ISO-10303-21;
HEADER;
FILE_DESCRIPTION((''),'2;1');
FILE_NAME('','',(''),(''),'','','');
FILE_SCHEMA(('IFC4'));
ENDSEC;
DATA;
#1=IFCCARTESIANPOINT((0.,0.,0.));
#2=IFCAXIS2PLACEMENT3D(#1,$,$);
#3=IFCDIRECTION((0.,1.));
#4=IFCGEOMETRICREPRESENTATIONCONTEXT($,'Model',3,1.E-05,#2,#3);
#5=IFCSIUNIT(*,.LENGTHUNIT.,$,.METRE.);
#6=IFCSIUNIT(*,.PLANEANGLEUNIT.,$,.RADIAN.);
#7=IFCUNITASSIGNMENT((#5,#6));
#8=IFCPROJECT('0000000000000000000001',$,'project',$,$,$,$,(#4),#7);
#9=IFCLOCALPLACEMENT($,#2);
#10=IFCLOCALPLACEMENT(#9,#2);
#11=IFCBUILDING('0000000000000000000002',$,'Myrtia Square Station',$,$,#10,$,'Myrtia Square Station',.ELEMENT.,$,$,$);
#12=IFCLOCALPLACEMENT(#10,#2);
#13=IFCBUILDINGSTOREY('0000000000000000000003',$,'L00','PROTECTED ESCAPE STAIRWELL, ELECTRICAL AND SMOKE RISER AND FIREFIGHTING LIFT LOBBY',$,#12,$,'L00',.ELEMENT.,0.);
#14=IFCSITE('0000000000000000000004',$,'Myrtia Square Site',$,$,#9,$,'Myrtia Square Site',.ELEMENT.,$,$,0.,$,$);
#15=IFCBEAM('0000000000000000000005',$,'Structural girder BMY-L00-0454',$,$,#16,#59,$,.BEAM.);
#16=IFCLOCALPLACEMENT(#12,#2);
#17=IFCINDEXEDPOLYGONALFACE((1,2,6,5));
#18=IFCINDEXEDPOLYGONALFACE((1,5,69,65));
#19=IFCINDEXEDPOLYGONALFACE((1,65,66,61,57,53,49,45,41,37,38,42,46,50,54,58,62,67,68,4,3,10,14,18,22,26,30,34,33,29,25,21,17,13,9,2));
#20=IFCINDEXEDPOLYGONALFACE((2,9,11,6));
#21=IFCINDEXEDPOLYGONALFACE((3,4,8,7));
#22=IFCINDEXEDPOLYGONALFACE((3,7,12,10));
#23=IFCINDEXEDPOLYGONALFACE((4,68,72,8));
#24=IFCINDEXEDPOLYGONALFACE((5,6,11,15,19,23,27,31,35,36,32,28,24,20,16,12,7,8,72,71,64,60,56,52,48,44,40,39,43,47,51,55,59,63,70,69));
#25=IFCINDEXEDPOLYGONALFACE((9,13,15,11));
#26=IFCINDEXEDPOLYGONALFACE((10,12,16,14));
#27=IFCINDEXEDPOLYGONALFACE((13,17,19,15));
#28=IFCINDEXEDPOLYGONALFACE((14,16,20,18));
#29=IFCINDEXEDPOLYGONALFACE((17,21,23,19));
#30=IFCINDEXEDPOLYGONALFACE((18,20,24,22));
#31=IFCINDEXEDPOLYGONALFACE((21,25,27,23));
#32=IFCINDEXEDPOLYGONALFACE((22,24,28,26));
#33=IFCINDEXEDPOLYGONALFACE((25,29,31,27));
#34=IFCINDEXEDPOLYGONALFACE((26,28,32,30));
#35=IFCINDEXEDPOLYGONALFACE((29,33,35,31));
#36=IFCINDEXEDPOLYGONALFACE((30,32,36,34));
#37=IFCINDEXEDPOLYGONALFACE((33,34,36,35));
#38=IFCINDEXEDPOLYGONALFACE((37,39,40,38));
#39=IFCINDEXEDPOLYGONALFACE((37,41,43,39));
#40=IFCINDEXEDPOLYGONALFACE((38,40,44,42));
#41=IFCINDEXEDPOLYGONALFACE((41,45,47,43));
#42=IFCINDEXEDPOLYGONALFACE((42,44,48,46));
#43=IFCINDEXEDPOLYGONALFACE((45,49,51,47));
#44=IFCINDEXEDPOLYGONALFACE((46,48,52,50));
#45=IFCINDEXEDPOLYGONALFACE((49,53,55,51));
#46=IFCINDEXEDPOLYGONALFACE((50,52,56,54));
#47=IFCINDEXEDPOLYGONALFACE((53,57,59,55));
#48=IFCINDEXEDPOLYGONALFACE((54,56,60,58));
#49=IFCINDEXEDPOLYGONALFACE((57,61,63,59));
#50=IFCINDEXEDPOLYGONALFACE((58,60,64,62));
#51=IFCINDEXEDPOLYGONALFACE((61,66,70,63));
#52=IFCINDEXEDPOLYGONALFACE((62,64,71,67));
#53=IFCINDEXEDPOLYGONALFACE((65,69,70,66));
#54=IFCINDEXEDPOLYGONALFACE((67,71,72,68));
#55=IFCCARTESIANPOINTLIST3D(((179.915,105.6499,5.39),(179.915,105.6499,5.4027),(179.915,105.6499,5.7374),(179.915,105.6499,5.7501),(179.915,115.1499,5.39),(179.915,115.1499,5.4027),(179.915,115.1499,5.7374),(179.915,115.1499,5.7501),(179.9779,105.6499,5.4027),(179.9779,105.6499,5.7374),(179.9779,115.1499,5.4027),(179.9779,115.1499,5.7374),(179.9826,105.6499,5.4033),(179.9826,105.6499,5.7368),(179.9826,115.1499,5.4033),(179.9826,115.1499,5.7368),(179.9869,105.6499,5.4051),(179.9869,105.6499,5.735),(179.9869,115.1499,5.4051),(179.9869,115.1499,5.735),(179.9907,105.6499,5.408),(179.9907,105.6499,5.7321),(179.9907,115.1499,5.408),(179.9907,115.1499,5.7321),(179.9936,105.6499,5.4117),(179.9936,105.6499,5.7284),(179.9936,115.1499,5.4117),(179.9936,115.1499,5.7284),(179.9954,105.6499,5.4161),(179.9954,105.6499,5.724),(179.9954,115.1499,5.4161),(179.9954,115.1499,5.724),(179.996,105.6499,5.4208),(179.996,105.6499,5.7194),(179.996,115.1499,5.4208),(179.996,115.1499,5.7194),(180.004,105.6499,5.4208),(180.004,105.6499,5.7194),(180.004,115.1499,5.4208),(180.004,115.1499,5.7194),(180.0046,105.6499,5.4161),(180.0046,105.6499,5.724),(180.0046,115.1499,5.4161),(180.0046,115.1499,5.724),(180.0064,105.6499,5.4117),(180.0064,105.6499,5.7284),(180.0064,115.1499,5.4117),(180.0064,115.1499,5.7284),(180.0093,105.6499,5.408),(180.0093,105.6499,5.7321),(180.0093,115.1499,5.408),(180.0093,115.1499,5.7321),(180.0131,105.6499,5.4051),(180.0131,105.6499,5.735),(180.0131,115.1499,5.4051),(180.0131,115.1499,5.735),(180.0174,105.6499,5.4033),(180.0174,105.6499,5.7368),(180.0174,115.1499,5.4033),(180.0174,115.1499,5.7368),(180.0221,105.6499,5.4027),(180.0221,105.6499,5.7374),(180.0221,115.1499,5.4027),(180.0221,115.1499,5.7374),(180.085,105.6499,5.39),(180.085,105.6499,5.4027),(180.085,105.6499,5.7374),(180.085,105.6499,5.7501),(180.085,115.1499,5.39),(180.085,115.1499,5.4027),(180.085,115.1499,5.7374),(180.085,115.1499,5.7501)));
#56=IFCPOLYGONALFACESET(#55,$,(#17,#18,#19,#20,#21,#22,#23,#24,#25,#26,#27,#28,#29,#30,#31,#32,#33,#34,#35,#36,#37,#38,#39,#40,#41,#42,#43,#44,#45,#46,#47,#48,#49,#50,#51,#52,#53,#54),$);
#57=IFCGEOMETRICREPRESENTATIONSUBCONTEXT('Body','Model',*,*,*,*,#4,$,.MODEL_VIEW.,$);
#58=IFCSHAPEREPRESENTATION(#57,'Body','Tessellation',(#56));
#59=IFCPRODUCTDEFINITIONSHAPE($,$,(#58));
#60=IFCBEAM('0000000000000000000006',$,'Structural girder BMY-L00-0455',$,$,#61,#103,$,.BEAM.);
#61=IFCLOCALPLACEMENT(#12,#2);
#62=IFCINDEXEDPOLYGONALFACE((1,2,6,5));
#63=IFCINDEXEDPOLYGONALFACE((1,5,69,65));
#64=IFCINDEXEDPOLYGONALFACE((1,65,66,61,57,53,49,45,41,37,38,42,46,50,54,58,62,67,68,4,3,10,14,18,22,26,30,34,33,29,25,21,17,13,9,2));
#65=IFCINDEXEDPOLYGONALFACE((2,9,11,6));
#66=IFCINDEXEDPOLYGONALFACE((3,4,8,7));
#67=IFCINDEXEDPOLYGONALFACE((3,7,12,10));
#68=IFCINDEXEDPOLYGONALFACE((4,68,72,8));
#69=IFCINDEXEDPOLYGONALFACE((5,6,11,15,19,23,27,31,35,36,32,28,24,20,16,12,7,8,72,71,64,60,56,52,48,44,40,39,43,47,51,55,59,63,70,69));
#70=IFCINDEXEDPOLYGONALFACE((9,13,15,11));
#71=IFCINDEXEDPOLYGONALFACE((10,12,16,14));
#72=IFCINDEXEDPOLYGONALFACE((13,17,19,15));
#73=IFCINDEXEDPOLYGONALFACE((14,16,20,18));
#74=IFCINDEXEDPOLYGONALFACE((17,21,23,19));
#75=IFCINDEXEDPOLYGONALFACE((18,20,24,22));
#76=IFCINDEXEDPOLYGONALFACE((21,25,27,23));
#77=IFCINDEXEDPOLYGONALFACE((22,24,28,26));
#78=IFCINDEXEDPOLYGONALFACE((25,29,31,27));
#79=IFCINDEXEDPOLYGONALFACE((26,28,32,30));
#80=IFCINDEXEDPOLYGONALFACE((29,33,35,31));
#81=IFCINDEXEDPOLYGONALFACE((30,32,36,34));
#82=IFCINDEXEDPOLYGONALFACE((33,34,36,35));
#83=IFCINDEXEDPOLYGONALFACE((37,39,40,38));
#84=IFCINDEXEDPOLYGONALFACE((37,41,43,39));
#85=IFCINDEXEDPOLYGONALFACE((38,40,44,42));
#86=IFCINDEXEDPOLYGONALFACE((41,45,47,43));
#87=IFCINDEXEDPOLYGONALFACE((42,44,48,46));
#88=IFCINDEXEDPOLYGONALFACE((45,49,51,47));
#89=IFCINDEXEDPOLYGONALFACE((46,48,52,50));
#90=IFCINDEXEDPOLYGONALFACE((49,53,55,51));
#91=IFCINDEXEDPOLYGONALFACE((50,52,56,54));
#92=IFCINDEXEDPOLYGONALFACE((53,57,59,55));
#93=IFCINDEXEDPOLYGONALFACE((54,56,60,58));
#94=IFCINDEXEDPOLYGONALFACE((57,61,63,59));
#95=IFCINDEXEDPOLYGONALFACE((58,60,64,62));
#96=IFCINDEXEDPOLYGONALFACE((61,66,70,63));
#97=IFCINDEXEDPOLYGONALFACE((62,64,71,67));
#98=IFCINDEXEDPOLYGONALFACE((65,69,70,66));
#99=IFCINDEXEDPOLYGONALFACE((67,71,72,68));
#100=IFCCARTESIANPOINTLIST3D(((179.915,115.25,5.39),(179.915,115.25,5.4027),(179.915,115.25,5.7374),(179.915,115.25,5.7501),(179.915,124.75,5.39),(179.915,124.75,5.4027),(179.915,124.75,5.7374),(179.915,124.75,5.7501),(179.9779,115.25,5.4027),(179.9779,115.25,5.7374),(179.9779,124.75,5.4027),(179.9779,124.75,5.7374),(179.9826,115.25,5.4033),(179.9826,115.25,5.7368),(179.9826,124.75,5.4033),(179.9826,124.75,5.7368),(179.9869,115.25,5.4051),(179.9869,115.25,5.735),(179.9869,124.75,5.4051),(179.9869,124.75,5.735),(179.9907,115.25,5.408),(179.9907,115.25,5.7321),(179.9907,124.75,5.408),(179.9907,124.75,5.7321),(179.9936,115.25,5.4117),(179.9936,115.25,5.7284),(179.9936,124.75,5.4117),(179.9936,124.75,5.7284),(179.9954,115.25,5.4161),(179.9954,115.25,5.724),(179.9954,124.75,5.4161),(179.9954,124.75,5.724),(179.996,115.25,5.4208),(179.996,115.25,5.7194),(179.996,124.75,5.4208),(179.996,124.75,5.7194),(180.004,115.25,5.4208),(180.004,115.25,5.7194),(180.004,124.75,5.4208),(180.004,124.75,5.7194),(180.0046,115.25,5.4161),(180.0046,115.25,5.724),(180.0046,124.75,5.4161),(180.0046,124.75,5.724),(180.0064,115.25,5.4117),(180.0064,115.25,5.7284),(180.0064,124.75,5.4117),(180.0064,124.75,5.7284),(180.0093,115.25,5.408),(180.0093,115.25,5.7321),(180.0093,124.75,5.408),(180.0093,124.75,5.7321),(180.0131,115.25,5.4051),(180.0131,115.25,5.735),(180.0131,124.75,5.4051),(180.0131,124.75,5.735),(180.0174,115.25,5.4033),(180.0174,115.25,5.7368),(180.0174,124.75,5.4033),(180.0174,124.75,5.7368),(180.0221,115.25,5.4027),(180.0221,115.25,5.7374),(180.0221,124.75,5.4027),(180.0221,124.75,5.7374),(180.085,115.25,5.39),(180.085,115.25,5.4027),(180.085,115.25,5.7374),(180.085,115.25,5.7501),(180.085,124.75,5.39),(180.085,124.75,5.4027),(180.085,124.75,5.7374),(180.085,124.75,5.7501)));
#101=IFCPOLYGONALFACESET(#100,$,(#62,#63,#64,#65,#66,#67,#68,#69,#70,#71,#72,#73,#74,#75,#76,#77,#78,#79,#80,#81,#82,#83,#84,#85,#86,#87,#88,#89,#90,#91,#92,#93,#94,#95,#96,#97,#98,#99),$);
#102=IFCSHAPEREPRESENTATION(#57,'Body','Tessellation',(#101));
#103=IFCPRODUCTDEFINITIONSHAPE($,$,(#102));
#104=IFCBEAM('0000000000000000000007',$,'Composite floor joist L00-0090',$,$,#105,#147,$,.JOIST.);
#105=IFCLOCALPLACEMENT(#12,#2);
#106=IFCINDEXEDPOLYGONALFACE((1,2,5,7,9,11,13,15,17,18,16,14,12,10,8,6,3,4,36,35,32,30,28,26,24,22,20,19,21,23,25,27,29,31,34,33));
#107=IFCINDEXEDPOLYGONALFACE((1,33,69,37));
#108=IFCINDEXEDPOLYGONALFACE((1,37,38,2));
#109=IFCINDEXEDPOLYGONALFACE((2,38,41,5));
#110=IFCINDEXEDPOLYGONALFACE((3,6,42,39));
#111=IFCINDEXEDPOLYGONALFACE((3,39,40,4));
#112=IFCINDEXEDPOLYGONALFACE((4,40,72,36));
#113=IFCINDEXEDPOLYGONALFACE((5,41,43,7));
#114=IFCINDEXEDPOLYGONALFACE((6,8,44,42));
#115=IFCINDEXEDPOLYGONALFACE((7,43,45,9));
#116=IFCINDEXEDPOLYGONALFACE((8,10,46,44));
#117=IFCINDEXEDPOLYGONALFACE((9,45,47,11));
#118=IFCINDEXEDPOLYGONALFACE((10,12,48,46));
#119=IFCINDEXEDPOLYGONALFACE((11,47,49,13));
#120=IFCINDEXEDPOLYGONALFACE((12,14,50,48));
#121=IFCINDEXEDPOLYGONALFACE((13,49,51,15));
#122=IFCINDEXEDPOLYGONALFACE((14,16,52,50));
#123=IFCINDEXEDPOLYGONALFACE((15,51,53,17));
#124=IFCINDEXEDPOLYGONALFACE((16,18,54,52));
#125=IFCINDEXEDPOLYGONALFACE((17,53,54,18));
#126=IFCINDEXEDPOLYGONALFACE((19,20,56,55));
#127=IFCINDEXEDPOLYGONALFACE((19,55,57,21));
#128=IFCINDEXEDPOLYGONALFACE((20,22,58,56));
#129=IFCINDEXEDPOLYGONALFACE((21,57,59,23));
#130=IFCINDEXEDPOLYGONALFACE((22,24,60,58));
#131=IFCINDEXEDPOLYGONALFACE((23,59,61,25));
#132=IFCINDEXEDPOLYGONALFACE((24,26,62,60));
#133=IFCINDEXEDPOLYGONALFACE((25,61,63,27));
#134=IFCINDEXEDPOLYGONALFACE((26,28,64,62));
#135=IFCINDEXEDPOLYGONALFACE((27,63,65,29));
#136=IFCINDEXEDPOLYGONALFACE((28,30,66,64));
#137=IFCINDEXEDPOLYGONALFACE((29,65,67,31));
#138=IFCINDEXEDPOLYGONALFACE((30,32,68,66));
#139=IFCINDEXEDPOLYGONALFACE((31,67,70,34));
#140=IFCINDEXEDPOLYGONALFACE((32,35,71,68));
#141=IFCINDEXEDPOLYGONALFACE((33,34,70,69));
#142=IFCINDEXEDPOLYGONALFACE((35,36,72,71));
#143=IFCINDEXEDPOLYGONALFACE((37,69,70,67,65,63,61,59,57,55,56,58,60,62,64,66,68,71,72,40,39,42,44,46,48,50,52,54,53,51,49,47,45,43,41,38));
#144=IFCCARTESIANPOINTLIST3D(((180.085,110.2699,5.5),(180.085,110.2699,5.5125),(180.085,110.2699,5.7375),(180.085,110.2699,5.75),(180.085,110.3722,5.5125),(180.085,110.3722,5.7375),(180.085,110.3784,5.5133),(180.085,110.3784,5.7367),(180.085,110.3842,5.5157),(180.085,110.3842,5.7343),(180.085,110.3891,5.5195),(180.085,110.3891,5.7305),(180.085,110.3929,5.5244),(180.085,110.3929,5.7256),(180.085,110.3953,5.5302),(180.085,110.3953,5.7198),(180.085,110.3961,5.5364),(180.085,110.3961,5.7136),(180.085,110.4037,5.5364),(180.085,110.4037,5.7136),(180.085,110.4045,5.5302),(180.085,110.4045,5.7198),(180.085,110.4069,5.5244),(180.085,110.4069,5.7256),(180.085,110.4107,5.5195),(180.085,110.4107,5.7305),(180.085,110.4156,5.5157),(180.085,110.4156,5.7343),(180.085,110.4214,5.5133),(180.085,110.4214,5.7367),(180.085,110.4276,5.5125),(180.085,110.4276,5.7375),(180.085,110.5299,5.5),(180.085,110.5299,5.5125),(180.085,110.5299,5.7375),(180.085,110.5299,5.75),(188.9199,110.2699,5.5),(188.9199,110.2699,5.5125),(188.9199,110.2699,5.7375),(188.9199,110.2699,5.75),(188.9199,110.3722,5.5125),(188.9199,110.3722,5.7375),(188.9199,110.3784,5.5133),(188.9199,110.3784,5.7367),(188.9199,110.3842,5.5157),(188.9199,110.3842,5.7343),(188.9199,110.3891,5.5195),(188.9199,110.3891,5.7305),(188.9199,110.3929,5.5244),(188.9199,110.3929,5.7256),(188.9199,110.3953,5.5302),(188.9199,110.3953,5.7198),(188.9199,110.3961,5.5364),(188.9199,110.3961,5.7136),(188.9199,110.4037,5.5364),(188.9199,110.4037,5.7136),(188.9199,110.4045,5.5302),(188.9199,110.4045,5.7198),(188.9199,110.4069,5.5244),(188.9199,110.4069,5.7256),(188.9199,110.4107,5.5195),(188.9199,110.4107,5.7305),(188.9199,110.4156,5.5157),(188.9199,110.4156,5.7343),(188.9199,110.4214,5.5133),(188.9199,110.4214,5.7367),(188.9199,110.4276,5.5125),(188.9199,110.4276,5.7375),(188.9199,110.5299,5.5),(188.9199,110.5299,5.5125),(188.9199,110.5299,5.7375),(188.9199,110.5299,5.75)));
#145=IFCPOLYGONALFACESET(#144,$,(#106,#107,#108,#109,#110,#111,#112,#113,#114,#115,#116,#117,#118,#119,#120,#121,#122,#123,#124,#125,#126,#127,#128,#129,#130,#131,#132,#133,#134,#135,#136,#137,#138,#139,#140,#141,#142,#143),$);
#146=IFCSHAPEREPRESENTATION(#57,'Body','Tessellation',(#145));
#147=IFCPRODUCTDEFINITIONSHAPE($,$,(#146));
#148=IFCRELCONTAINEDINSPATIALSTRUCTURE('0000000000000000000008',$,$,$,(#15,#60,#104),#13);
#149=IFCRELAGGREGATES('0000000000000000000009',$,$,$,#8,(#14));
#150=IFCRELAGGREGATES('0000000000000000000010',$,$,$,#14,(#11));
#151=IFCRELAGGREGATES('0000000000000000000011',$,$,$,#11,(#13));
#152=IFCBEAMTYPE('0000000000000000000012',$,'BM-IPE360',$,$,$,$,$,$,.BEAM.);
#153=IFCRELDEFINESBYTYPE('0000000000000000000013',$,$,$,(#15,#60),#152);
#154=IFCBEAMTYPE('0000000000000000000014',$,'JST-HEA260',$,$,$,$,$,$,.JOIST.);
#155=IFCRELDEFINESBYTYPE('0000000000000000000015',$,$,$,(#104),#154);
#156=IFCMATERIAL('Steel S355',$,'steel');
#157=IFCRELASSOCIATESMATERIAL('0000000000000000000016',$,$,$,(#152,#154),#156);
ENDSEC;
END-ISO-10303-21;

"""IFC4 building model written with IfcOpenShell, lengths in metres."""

from ifc_helpers import new_model, si_unit, direction, frame, origin, origin_2d, place, context, subcontext, project, spatial, i_section, extrude, material, material_profile, profile_set, type_object, element, save


model = new_model("IFC4")

# Units and contexts
model_context = context("Model", 3, precision=1e-05, world=origin(), true_north=direction((0.0, 1.0)))
body_context = subcontext(model_context, "Body", "Model", "MODEL_VIEW")
ifc_project = project(units=[si_unit("LENGTHUNIT", "METRE"), si_unit("PLANEANGLEUNIT", "RADIAN")], contexts=[model_context])

# Site, building, storey
site_placement = place(None, origin())
site = spatial("IfcSite", under=ifc_project, at=site_placement, Name="Myrtia Square Site", LongName="Myrtia Square Site", CompositionType="ELEMENT", RefElevation=0.0)
building_placement = place(site_placement, origin())
building = spatial("IfcBuilding", under=site, at=building_placement, Name="Myrtia Square Station", LongName="Myrtia Square Station", CompositionType="ELEMENT")
storey_placement = place(building_placement, origin())
storey = spatial("IfcBuildingStorey", under=building, at=storey_placement, Name="L00", Description="PROTECTED ESCAPE STAIRWELL, ELECTRICAL AND SMOKE RISER AND FIREFIGHTING LIFT LOBBY", LongName="L00", CompositionType="ELEMENT", Elevation=0.0)

# Shared definitions
ifc_material_1 = material(Name="Steel S355", Category="steel")

# Beams
ifc_material_profile_1 = material_profile(ifc_material_1, i_section(OverallWidth=0.1699, OverallDepth=0.3601, WebThickness=0.0081, FlangeThickness=0.0127, FilletRadius=0.0181, at=origin_2d()), Name="IPE 360")
ifc_profile_set_1 = profile_set([ifc_material_profile_1], Name="Steel S355")
beam_type_1 = type_object("IfcBeamType", Name="BM-IPE360", PredefinedType="BEAM", material=ifc_profile_set_1)
for number, where, z_axis, x_axis, name in (
    (1, (180.0, 105.6499, 5.5701), (0.0, 1.0, 0.0), (-1.0, 0.0, 0.0), "Structural girder BMY-L00-0454"),
    (2, (180.0, 115.25, 5.5701), (0.0, 1.0, 0.0), (-1.0, 0.0, 0.0), "Structural girder BMY-L00-0455"),
):
    element("IfcBeam", number, at=place(storey_placement, frame(where, z_axis=z_axis, x_axis=x_axis)), inside=storey, type_object=beam_type_1, Name=name, PredefinedType="BEAM", context=body_context, shape_type="SweptSolid", body=[
        extrude(i_section(OverallWidth=0.1699, OverallDepth=0.3601, WebThickness=0.0081, FlangeThickness=0.0127, FilletRadius=0.0181, at=origin_2d()), origin(), (0.0, 0.0, 1.0), 9.5),
    ])
ifc_material_profile_2 = material_profile(ifc_material_1, i_section(OverallWidth=0.26, OverallDepth=0.25, WebThickness=0.0076, FlangeThickness=0.0125, FilletRadius=0.0239, at=origin_2d()), Name="HEA 260")
ifc_profile_set_2 = profile_set([ifc_material_profile_2], Name="Steel S355")
beam_type_2 = type_object("IfcBeamType", Name="JST-HEA260", PredefinedType="JOIST", material=ifc_profile_set_2)
beam_1_placement = place(storey_placement, frame((180.085, 110.3999, 5.625), z_axis=(1.0, 0.0, 0.0), x_axis=(0.0, 1.0, 0.0)))
element("IfcBeam", 3, at=beam_1_placement, inside=storey, type_object=beam_type_2, Name="Composite floor joist L00-0090", PredefinedType="JOIST", context=body_context, shape_type="SweptSolid", body=[
    extrude(i_section(OverallWidth=0.26, OverallDepth=0.25, WebThickness=0.0076, FlangeThickness=0.0125, FilletRadius=0.0239, at=origin_2d()), origin(), (0.0, 0.0, 1.0), 8.835),
])

save(model, "model.ifc")
